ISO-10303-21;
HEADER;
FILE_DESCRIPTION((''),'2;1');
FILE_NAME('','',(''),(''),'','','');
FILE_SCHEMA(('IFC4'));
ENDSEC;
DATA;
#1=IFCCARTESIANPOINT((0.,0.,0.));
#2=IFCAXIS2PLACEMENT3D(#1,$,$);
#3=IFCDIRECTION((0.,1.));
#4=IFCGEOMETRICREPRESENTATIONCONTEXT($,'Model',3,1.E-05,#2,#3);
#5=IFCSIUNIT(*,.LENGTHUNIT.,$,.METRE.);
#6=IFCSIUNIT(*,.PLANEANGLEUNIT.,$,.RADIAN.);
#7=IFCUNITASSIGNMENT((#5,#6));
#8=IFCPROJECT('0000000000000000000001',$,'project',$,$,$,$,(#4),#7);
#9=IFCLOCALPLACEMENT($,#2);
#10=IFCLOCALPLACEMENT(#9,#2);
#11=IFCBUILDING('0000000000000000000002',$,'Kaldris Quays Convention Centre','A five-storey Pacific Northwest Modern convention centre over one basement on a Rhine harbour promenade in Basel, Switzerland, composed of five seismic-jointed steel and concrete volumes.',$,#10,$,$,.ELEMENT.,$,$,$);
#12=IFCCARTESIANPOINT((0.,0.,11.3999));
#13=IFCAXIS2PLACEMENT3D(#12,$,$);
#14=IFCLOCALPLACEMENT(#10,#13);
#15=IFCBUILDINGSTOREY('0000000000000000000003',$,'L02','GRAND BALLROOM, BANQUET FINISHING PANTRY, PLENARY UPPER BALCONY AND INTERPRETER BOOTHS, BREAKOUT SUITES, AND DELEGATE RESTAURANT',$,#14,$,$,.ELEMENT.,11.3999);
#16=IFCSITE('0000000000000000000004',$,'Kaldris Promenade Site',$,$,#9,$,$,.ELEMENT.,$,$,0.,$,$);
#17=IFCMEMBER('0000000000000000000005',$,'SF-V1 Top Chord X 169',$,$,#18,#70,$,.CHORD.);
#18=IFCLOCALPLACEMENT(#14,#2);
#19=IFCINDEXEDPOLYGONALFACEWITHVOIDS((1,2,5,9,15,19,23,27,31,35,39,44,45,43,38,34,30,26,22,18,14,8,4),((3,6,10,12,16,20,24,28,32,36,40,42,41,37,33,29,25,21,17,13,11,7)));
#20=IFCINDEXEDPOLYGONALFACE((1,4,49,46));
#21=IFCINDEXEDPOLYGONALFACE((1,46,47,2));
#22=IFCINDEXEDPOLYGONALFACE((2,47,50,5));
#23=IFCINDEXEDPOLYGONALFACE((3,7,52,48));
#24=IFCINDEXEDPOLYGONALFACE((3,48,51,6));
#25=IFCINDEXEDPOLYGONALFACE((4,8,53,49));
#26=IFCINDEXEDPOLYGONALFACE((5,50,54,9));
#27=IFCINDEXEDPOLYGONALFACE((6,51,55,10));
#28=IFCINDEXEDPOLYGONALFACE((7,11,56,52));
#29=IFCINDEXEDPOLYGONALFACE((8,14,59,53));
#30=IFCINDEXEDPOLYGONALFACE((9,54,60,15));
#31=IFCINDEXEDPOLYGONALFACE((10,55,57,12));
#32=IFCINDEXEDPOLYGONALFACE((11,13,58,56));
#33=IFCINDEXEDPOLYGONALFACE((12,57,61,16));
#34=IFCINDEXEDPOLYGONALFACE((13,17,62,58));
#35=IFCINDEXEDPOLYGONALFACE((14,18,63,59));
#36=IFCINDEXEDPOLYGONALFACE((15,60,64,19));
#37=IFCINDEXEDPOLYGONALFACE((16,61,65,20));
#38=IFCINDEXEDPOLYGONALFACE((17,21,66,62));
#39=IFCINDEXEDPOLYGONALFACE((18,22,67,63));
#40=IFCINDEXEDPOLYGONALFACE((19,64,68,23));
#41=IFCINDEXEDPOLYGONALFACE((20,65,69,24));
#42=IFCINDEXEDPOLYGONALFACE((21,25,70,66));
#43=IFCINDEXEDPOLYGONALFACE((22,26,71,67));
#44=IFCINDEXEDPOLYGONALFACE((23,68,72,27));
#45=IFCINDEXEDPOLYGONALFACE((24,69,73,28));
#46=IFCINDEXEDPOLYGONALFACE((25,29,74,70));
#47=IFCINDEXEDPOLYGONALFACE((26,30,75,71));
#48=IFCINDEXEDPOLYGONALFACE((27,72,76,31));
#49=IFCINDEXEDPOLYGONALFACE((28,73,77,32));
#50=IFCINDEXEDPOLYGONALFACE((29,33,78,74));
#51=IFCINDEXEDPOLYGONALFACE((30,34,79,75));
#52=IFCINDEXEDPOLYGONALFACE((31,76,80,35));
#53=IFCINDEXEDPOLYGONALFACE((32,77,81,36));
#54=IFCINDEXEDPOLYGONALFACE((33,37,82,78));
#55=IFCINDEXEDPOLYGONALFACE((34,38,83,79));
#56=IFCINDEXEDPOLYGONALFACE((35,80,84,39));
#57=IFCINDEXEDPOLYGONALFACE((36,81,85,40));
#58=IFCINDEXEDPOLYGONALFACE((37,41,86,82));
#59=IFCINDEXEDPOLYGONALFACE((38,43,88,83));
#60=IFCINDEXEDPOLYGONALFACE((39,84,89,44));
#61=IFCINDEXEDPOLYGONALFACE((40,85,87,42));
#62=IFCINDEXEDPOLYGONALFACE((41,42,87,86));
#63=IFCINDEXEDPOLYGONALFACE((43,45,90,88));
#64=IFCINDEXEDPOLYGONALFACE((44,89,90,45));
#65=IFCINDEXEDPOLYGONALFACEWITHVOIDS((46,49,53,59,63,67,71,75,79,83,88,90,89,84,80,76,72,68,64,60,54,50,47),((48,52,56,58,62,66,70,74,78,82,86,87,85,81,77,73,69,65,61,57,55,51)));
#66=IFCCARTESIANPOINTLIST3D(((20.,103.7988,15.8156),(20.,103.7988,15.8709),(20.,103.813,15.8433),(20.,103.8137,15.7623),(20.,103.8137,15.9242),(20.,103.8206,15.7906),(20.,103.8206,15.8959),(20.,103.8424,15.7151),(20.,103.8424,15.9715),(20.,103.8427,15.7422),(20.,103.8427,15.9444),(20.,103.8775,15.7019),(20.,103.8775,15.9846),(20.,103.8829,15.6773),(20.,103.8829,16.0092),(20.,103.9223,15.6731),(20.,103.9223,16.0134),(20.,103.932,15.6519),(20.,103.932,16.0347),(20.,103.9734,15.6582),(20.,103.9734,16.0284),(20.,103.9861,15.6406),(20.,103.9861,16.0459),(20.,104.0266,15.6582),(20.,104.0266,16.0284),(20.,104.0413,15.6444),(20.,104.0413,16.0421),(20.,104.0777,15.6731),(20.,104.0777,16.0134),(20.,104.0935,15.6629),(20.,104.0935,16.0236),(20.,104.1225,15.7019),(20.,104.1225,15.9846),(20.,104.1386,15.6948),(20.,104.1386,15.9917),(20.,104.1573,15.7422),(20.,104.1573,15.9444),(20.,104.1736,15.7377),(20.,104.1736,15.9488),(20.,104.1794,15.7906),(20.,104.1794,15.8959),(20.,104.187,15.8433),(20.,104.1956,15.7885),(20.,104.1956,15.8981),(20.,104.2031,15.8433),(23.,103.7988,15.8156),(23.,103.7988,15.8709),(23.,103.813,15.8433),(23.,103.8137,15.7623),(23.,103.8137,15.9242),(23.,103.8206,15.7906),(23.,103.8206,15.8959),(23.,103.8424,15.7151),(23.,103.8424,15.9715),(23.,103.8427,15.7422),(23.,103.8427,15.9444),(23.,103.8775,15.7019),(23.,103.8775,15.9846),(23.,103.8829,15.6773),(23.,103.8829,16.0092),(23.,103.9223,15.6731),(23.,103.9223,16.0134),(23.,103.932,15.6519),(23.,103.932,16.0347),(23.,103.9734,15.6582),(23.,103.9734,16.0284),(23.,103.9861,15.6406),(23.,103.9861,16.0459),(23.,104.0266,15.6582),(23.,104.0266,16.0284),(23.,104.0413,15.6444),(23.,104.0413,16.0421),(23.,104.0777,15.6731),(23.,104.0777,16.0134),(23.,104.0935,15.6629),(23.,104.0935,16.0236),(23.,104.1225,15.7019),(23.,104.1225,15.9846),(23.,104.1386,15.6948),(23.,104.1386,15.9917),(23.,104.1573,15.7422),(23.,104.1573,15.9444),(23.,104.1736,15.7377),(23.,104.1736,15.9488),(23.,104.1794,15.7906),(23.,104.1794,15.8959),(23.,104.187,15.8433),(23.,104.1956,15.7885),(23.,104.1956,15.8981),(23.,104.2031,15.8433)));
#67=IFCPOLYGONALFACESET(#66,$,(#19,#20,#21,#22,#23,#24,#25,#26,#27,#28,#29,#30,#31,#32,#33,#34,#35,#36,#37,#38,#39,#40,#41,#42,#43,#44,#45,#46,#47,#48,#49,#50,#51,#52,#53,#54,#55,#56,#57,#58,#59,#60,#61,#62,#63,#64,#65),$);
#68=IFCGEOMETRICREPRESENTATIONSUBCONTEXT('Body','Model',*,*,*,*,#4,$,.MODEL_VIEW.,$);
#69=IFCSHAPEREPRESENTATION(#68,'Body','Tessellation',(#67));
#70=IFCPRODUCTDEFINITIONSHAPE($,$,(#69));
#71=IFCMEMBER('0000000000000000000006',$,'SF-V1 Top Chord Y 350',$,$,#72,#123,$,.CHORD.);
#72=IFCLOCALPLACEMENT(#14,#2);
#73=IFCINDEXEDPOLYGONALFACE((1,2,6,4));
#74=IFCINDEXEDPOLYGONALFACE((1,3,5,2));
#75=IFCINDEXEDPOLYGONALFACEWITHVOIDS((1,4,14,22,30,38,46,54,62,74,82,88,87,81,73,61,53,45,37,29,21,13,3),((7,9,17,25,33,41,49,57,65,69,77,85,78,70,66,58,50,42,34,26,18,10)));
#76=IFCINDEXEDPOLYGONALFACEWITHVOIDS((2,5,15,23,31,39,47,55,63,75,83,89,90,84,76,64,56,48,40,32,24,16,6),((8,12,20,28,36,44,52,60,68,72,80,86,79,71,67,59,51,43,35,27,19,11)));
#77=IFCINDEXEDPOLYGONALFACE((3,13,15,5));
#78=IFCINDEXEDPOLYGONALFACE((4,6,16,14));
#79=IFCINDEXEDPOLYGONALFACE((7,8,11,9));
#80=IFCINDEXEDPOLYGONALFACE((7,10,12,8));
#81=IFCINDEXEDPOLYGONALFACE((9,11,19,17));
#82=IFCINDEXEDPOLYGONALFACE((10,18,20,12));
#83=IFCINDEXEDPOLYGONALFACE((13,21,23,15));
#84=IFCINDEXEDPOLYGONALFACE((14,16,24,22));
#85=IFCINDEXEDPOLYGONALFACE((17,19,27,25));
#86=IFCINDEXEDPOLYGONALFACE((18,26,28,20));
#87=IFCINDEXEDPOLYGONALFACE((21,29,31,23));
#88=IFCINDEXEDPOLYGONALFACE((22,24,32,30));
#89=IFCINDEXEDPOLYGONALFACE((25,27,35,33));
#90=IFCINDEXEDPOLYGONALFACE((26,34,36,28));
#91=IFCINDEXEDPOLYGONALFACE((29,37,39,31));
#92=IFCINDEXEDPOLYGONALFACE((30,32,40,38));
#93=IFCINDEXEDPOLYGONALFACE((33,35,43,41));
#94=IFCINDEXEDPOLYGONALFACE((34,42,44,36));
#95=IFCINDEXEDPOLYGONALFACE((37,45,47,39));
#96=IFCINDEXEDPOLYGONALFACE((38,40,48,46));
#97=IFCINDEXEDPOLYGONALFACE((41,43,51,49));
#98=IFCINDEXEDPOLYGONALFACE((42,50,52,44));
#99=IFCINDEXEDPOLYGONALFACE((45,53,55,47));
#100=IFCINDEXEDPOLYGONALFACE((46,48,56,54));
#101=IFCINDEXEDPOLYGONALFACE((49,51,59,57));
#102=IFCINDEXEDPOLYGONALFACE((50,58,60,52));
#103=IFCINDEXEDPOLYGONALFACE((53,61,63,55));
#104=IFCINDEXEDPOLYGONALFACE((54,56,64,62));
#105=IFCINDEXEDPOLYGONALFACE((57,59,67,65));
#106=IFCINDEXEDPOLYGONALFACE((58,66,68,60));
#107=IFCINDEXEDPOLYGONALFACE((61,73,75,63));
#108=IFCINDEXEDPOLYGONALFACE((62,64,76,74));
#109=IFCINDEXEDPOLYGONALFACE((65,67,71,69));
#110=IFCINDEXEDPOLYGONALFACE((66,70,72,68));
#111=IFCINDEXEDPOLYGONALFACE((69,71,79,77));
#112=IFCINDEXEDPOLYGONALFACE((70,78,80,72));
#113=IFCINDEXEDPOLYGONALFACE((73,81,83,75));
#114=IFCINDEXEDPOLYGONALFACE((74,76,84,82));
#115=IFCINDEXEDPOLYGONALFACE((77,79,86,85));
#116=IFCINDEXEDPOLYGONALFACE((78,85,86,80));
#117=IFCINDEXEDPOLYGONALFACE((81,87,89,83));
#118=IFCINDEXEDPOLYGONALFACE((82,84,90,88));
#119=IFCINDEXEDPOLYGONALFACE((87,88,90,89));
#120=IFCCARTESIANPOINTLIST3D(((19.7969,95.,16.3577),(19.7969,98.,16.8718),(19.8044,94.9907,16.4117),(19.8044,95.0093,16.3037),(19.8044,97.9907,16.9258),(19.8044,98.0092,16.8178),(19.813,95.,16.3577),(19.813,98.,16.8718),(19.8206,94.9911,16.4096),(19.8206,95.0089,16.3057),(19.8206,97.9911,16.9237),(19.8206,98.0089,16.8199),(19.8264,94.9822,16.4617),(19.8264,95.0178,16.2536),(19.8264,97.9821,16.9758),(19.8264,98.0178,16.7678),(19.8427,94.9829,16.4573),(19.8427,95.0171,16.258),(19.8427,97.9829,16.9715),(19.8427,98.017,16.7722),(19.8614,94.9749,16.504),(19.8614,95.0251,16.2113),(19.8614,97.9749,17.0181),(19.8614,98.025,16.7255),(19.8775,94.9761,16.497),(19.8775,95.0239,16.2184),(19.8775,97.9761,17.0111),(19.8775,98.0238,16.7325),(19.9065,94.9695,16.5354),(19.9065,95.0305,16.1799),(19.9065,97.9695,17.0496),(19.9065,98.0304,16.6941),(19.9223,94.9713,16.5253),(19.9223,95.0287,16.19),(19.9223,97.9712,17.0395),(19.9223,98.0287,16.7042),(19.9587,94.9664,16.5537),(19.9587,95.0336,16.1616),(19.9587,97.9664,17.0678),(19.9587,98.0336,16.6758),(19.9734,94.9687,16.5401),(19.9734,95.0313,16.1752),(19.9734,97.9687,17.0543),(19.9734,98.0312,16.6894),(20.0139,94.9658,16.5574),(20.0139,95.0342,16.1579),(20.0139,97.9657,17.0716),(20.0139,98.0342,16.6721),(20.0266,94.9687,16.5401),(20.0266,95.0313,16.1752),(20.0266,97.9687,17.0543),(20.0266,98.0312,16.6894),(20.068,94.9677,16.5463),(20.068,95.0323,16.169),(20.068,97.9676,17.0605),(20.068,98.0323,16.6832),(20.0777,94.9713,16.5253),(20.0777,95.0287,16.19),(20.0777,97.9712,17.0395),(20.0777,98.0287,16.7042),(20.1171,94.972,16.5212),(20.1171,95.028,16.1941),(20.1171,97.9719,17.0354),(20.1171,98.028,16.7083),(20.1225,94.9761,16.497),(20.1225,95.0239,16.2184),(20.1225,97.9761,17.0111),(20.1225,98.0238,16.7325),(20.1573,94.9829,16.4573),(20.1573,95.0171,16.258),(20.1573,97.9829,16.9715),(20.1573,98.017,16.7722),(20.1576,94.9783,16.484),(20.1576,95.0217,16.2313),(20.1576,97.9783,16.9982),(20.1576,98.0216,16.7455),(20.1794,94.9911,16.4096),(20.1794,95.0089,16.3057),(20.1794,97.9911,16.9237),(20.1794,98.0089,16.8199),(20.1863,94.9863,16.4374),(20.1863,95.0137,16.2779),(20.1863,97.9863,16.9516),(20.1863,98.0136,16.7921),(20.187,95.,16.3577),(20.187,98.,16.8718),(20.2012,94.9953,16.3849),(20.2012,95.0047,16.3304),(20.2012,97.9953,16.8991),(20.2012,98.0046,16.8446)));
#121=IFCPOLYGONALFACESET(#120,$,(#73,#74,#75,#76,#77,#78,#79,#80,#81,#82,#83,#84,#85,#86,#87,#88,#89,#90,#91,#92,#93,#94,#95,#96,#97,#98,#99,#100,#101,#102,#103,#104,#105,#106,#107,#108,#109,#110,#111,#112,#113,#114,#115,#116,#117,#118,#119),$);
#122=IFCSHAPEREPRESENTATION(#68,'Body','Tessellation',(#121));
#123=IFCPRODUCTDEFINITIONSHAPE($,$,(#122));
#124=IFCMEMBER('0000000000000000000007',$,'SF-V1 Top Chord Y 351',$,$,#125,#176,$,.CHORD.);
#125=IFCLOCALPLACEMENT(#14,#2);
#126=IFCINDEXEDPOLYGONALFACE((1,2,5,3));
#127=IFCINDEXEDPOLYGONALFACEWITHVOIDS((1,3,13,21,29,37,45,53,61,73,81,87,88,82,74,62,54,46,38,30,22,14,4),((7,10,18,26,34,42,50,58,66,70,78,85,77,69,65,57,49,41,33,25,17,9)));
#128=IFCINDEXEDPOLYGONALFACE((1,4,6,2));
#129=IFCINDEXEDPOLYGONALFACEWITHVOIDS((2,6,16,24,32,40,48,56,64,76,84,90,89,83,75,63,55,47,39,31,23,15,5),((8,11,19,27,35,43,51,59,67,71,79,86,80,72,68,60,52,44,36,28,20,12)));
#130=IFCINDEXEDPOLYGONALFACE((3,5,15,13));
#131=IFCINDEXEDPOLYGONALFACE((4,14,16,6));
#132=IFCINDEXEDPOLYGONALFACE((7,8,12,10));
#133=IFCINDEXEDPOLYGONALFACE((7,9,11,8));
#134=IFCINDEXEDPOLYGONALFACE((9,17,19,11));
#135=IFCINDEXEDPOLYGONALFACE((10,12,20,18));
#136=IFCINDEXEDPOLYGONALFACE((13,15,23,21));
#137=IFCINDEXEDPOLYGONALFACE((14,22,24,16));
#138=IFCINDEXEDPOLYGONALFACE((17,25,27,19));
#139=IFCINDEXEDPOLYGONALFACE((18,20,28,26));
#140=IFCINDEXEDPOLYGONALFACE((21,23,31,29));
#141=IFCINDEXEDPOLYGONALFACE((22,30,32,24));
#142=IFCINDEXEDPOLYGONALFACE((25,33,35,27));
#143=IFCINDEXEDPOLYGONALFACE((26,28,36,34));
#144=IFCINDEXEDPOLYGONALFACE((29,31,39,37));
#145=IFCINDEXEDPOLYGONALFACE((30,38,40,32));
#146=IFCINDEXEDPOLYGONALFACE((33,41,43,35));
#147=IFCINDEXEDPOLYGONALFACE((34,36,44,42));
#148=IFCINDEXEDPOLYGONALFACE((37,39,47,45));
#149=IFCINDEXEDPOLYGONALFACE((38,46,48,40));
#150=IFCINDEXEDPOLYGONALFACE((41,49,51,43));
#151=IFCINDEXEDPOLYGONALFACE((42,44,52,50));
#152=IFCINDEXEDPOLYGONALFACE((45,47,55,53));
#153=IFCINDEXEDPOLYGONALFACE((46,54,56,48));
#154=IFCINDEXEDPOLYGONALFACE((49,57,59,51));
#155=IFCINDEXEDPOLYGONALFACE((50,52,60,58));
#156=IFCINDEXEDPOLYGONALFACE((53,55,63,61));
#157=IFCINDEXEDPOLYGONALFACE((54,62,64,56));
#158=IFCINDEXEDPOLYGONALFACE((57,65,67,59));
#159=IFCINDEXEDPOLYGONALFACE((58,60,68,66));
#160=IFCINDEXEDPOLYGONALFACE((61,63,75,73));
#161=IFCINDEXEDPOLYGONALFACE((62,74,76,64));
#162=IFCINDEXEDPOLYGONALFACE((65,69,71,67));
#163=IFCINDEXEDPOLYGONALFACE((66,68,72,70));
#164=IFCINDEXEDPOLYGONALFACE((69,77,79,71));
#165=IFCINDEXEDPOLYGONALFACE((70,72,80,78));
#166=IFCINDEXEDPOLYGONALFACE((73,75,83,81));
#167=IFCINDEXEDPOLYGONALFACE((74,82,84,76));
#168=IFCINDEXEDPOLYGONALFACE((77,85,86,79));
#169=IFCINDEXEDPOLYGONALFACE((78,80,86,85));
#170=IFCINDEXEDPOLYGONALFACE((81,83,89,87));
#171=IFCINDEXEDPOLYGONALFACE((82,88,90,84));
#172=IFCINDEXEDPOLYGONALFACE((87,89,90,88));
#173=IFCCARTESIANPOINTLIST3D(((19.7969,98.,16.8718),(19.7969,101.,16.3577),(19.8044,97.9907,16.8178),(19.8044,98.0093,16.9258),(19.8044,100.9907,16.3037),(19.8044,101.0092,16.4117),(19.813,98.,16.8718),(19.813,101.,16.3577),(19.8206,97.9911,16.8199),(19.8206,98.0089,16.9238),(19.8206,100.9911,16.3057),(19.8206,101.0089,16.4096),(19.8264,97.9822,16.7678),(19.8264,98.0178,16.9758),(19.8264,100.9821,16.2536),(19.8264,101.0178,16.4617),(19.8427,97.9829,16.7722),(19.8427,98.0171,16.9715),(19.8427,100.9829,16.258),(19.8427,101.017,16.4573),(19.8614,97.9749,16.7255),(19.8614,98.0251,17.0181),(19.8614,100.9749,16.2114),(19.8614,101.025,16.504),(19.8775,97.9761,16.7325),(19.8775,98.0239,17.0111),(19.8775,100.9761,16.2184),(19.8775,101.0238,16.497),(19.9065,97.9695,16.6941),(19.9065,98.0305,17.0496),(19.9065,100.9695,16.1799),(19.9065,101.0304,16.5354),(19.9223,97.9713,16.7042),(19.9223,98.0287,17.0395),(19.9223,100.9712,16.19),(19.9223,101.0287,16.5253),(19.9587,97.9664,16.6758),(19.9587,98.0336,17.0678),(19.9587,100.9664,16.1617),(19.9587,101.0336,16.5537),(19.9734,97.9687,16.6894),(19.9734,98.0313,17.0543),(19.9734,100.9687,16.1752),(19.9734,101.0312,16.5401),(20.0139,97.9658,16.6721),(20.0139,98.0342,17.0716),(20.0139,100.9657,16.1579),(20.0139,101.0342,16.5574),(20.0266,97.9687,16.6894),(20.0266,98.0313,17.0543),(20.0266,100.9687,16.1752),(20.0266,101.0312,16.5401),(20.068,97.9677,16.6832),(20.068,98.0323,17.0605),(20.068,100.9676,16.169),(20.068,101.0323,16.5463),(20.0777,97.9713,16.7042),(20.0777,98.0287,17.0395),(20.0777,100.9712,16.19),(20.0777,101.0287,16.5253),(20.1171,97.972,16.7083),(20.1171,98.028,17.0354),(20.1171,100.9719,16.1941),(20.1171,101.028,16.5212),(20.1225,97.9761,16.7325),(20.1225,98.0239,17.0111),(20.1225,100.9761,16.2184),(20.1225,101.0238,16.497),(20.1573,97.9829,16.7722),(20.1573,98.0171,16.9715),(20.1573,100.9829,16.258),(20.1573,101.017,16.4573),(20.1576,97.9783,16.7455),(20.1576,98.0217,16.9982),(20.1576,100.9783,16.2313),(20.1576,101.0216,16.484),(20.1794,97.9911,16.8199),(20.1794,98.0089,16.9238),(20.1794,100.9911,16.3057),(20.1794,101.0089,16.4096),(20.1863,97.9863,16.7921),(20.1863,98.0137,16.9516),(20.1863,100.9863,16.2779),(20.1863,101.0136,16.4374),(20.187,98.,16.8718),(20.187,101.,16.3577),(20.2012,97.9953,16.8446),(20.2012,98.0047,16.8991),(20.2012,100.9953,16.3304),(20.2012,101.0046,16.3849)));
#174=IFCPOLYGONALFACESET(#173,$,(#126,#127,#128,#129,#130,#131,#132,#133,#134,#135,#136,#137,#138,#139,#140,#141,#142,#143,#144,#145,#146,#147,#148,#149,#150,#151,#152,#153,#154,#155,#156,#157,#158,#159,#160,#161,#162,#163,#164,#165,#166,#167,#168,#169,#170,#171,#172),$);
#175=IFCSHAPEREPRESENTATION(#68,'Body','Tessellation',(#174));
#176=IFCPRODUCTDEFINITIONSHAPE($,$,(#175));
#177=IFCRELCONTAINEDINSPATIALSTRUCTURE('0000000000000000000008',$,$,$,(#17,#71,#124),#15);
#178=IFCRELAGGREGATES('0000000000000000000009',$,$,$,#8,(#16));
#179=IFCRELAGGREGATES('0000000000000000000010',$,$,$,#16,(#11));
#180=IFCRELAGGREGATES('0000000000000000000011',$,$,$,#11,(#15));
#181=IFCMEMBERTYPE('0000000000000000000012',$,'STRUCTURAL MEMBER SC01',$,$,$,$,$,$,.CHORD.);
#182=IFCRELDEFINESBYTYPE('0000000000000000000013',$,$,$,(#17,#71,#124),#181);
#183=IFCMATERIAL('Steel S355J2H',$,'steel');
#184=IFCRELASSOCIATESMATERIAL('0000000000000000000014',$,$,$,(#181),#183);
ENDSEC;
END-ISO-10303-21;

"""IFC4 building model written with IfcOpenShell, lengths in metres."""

from ifc_helpers import new_model, si_unit, direction, frame, origin, origin_2d, place, context, subcontext, project, spatial, hollow_circle, extrude, material, material_profile, profile_set, type_object, element, save


model = new_model("IFC4")

# Units and contexts
model_context = context("Model", 3, precision=1e-05, world=origin(), true_north=direction((0.0, 1.0)))
body_context = subcontext(model_context, "Body", "Model", "MODEL_VIEW")
ifc_project = project(units=[si_unit("LENGTHUNIT", "METRE"), si_unit("PLANEANGLEUNIT", "RADIAN")], contexts=[model_context])

# Site, building, storey
site_placement = place(None, origin())
site = spatial("IfcSite", under=ifc_project, at=site_placement, Name="Kaldris Promenade Site", CompositionType="ELEMENT", RefElevation=0.0)
building_placement = place(site_placement, origin())
building = spatial("IfcBuilding", under=site, at=building_placement, Name="Kaldris Quays Convention Centre", Description="A five-storey Pacific Northwest Modern convention centre over one basement on a Rhine harbour promenade in Basel, Switzerland, composed of five seismic-jointed steel and concrete volumes.", CompositionType="ELEMENT")
storey_placement = place(building_placement, frame((0.0, 0.0, 11.3999)))
storey = spatial("IfcBuildingStorey", under=building, at=storey_placement, Name="L02", Description="GRAND BALLROOM, BANQUET FINISHING PANTRY, PLENARY UPPER BALCONY AND INTERPRETER BOOTHS, BREAKOUT SUITES, AND DELEGATE RESTAURANT", CompositionType="ELEMENT", Elevation=11.3999)

# Members
ifc_material_1 = material(Name="Steel S355J2H", Category="steel")
ifc_material_profile_1 = material_profile(ifc_material_1, hollow_circle(Radius=0.2031, WallThickness=0.0161, at=origin_2d()), Name="CHS 406.4x16")
ifc_profile_set_1 = profile_set([ifc_material_profile_1], Name="Steel S355J2H")
member_type_1 = type_object("IfcMemberType", Name="STRUCTURAL MEMBER SC01", PredefinedType="CHORD", material=ifc_profile_set_1)
member_1_placement = place(storey_placement, frame((20.0, 104.0, 15.8433), z_axis=(1.0, 0.0, 0.0), x_axis=(0.0, 1.0, 0.0)))
element("IfcMember", 1, at=member_1_placement, inside=storey, type_object=member_type_1, Name="SF-V1 Top Chord X 169", PredefinedType="CHORD", context=body_context, shape_type="SweptSolid", body=[
    extrude(hollow_circle(Radius=0.2031, WallThickness=0.0161, at=origin_2d()), origin(), (0.0, 0.0, 1.0), 3.0),
])
for number, where, z_axis, x_axis, name in (
    (2, (20.0, 95.0, 16.3577), (0.0, 0.985629, 0.168924), (-1.0, 0.0, 0.0), "SF-V1 Top Chord Y 350"),
    (3, (20.0, 98.0, 16.8718), (0.0, 0.985629, -0.168924), (-1.0, 0.0, 0.0), "SF-V1 Top Chord Y 351"),
):
    element("IfcMember", number, at=place(storey_placement, frame(where, z_axis=z_axis, x_axis=x_axis)), inside=storey, type_object=member_type_1, Name=name, PredefinedType="CHORD", context=body_context, shape_type="SweptSolid", body=[
        extrude(hollow_circle(Radius=0.2031, WallThickness=0.0161, at=origin_2d()), origin(), (0.0, 0.0, 1.0), 3.0437),
    ])

save(model, "model.ifc")
